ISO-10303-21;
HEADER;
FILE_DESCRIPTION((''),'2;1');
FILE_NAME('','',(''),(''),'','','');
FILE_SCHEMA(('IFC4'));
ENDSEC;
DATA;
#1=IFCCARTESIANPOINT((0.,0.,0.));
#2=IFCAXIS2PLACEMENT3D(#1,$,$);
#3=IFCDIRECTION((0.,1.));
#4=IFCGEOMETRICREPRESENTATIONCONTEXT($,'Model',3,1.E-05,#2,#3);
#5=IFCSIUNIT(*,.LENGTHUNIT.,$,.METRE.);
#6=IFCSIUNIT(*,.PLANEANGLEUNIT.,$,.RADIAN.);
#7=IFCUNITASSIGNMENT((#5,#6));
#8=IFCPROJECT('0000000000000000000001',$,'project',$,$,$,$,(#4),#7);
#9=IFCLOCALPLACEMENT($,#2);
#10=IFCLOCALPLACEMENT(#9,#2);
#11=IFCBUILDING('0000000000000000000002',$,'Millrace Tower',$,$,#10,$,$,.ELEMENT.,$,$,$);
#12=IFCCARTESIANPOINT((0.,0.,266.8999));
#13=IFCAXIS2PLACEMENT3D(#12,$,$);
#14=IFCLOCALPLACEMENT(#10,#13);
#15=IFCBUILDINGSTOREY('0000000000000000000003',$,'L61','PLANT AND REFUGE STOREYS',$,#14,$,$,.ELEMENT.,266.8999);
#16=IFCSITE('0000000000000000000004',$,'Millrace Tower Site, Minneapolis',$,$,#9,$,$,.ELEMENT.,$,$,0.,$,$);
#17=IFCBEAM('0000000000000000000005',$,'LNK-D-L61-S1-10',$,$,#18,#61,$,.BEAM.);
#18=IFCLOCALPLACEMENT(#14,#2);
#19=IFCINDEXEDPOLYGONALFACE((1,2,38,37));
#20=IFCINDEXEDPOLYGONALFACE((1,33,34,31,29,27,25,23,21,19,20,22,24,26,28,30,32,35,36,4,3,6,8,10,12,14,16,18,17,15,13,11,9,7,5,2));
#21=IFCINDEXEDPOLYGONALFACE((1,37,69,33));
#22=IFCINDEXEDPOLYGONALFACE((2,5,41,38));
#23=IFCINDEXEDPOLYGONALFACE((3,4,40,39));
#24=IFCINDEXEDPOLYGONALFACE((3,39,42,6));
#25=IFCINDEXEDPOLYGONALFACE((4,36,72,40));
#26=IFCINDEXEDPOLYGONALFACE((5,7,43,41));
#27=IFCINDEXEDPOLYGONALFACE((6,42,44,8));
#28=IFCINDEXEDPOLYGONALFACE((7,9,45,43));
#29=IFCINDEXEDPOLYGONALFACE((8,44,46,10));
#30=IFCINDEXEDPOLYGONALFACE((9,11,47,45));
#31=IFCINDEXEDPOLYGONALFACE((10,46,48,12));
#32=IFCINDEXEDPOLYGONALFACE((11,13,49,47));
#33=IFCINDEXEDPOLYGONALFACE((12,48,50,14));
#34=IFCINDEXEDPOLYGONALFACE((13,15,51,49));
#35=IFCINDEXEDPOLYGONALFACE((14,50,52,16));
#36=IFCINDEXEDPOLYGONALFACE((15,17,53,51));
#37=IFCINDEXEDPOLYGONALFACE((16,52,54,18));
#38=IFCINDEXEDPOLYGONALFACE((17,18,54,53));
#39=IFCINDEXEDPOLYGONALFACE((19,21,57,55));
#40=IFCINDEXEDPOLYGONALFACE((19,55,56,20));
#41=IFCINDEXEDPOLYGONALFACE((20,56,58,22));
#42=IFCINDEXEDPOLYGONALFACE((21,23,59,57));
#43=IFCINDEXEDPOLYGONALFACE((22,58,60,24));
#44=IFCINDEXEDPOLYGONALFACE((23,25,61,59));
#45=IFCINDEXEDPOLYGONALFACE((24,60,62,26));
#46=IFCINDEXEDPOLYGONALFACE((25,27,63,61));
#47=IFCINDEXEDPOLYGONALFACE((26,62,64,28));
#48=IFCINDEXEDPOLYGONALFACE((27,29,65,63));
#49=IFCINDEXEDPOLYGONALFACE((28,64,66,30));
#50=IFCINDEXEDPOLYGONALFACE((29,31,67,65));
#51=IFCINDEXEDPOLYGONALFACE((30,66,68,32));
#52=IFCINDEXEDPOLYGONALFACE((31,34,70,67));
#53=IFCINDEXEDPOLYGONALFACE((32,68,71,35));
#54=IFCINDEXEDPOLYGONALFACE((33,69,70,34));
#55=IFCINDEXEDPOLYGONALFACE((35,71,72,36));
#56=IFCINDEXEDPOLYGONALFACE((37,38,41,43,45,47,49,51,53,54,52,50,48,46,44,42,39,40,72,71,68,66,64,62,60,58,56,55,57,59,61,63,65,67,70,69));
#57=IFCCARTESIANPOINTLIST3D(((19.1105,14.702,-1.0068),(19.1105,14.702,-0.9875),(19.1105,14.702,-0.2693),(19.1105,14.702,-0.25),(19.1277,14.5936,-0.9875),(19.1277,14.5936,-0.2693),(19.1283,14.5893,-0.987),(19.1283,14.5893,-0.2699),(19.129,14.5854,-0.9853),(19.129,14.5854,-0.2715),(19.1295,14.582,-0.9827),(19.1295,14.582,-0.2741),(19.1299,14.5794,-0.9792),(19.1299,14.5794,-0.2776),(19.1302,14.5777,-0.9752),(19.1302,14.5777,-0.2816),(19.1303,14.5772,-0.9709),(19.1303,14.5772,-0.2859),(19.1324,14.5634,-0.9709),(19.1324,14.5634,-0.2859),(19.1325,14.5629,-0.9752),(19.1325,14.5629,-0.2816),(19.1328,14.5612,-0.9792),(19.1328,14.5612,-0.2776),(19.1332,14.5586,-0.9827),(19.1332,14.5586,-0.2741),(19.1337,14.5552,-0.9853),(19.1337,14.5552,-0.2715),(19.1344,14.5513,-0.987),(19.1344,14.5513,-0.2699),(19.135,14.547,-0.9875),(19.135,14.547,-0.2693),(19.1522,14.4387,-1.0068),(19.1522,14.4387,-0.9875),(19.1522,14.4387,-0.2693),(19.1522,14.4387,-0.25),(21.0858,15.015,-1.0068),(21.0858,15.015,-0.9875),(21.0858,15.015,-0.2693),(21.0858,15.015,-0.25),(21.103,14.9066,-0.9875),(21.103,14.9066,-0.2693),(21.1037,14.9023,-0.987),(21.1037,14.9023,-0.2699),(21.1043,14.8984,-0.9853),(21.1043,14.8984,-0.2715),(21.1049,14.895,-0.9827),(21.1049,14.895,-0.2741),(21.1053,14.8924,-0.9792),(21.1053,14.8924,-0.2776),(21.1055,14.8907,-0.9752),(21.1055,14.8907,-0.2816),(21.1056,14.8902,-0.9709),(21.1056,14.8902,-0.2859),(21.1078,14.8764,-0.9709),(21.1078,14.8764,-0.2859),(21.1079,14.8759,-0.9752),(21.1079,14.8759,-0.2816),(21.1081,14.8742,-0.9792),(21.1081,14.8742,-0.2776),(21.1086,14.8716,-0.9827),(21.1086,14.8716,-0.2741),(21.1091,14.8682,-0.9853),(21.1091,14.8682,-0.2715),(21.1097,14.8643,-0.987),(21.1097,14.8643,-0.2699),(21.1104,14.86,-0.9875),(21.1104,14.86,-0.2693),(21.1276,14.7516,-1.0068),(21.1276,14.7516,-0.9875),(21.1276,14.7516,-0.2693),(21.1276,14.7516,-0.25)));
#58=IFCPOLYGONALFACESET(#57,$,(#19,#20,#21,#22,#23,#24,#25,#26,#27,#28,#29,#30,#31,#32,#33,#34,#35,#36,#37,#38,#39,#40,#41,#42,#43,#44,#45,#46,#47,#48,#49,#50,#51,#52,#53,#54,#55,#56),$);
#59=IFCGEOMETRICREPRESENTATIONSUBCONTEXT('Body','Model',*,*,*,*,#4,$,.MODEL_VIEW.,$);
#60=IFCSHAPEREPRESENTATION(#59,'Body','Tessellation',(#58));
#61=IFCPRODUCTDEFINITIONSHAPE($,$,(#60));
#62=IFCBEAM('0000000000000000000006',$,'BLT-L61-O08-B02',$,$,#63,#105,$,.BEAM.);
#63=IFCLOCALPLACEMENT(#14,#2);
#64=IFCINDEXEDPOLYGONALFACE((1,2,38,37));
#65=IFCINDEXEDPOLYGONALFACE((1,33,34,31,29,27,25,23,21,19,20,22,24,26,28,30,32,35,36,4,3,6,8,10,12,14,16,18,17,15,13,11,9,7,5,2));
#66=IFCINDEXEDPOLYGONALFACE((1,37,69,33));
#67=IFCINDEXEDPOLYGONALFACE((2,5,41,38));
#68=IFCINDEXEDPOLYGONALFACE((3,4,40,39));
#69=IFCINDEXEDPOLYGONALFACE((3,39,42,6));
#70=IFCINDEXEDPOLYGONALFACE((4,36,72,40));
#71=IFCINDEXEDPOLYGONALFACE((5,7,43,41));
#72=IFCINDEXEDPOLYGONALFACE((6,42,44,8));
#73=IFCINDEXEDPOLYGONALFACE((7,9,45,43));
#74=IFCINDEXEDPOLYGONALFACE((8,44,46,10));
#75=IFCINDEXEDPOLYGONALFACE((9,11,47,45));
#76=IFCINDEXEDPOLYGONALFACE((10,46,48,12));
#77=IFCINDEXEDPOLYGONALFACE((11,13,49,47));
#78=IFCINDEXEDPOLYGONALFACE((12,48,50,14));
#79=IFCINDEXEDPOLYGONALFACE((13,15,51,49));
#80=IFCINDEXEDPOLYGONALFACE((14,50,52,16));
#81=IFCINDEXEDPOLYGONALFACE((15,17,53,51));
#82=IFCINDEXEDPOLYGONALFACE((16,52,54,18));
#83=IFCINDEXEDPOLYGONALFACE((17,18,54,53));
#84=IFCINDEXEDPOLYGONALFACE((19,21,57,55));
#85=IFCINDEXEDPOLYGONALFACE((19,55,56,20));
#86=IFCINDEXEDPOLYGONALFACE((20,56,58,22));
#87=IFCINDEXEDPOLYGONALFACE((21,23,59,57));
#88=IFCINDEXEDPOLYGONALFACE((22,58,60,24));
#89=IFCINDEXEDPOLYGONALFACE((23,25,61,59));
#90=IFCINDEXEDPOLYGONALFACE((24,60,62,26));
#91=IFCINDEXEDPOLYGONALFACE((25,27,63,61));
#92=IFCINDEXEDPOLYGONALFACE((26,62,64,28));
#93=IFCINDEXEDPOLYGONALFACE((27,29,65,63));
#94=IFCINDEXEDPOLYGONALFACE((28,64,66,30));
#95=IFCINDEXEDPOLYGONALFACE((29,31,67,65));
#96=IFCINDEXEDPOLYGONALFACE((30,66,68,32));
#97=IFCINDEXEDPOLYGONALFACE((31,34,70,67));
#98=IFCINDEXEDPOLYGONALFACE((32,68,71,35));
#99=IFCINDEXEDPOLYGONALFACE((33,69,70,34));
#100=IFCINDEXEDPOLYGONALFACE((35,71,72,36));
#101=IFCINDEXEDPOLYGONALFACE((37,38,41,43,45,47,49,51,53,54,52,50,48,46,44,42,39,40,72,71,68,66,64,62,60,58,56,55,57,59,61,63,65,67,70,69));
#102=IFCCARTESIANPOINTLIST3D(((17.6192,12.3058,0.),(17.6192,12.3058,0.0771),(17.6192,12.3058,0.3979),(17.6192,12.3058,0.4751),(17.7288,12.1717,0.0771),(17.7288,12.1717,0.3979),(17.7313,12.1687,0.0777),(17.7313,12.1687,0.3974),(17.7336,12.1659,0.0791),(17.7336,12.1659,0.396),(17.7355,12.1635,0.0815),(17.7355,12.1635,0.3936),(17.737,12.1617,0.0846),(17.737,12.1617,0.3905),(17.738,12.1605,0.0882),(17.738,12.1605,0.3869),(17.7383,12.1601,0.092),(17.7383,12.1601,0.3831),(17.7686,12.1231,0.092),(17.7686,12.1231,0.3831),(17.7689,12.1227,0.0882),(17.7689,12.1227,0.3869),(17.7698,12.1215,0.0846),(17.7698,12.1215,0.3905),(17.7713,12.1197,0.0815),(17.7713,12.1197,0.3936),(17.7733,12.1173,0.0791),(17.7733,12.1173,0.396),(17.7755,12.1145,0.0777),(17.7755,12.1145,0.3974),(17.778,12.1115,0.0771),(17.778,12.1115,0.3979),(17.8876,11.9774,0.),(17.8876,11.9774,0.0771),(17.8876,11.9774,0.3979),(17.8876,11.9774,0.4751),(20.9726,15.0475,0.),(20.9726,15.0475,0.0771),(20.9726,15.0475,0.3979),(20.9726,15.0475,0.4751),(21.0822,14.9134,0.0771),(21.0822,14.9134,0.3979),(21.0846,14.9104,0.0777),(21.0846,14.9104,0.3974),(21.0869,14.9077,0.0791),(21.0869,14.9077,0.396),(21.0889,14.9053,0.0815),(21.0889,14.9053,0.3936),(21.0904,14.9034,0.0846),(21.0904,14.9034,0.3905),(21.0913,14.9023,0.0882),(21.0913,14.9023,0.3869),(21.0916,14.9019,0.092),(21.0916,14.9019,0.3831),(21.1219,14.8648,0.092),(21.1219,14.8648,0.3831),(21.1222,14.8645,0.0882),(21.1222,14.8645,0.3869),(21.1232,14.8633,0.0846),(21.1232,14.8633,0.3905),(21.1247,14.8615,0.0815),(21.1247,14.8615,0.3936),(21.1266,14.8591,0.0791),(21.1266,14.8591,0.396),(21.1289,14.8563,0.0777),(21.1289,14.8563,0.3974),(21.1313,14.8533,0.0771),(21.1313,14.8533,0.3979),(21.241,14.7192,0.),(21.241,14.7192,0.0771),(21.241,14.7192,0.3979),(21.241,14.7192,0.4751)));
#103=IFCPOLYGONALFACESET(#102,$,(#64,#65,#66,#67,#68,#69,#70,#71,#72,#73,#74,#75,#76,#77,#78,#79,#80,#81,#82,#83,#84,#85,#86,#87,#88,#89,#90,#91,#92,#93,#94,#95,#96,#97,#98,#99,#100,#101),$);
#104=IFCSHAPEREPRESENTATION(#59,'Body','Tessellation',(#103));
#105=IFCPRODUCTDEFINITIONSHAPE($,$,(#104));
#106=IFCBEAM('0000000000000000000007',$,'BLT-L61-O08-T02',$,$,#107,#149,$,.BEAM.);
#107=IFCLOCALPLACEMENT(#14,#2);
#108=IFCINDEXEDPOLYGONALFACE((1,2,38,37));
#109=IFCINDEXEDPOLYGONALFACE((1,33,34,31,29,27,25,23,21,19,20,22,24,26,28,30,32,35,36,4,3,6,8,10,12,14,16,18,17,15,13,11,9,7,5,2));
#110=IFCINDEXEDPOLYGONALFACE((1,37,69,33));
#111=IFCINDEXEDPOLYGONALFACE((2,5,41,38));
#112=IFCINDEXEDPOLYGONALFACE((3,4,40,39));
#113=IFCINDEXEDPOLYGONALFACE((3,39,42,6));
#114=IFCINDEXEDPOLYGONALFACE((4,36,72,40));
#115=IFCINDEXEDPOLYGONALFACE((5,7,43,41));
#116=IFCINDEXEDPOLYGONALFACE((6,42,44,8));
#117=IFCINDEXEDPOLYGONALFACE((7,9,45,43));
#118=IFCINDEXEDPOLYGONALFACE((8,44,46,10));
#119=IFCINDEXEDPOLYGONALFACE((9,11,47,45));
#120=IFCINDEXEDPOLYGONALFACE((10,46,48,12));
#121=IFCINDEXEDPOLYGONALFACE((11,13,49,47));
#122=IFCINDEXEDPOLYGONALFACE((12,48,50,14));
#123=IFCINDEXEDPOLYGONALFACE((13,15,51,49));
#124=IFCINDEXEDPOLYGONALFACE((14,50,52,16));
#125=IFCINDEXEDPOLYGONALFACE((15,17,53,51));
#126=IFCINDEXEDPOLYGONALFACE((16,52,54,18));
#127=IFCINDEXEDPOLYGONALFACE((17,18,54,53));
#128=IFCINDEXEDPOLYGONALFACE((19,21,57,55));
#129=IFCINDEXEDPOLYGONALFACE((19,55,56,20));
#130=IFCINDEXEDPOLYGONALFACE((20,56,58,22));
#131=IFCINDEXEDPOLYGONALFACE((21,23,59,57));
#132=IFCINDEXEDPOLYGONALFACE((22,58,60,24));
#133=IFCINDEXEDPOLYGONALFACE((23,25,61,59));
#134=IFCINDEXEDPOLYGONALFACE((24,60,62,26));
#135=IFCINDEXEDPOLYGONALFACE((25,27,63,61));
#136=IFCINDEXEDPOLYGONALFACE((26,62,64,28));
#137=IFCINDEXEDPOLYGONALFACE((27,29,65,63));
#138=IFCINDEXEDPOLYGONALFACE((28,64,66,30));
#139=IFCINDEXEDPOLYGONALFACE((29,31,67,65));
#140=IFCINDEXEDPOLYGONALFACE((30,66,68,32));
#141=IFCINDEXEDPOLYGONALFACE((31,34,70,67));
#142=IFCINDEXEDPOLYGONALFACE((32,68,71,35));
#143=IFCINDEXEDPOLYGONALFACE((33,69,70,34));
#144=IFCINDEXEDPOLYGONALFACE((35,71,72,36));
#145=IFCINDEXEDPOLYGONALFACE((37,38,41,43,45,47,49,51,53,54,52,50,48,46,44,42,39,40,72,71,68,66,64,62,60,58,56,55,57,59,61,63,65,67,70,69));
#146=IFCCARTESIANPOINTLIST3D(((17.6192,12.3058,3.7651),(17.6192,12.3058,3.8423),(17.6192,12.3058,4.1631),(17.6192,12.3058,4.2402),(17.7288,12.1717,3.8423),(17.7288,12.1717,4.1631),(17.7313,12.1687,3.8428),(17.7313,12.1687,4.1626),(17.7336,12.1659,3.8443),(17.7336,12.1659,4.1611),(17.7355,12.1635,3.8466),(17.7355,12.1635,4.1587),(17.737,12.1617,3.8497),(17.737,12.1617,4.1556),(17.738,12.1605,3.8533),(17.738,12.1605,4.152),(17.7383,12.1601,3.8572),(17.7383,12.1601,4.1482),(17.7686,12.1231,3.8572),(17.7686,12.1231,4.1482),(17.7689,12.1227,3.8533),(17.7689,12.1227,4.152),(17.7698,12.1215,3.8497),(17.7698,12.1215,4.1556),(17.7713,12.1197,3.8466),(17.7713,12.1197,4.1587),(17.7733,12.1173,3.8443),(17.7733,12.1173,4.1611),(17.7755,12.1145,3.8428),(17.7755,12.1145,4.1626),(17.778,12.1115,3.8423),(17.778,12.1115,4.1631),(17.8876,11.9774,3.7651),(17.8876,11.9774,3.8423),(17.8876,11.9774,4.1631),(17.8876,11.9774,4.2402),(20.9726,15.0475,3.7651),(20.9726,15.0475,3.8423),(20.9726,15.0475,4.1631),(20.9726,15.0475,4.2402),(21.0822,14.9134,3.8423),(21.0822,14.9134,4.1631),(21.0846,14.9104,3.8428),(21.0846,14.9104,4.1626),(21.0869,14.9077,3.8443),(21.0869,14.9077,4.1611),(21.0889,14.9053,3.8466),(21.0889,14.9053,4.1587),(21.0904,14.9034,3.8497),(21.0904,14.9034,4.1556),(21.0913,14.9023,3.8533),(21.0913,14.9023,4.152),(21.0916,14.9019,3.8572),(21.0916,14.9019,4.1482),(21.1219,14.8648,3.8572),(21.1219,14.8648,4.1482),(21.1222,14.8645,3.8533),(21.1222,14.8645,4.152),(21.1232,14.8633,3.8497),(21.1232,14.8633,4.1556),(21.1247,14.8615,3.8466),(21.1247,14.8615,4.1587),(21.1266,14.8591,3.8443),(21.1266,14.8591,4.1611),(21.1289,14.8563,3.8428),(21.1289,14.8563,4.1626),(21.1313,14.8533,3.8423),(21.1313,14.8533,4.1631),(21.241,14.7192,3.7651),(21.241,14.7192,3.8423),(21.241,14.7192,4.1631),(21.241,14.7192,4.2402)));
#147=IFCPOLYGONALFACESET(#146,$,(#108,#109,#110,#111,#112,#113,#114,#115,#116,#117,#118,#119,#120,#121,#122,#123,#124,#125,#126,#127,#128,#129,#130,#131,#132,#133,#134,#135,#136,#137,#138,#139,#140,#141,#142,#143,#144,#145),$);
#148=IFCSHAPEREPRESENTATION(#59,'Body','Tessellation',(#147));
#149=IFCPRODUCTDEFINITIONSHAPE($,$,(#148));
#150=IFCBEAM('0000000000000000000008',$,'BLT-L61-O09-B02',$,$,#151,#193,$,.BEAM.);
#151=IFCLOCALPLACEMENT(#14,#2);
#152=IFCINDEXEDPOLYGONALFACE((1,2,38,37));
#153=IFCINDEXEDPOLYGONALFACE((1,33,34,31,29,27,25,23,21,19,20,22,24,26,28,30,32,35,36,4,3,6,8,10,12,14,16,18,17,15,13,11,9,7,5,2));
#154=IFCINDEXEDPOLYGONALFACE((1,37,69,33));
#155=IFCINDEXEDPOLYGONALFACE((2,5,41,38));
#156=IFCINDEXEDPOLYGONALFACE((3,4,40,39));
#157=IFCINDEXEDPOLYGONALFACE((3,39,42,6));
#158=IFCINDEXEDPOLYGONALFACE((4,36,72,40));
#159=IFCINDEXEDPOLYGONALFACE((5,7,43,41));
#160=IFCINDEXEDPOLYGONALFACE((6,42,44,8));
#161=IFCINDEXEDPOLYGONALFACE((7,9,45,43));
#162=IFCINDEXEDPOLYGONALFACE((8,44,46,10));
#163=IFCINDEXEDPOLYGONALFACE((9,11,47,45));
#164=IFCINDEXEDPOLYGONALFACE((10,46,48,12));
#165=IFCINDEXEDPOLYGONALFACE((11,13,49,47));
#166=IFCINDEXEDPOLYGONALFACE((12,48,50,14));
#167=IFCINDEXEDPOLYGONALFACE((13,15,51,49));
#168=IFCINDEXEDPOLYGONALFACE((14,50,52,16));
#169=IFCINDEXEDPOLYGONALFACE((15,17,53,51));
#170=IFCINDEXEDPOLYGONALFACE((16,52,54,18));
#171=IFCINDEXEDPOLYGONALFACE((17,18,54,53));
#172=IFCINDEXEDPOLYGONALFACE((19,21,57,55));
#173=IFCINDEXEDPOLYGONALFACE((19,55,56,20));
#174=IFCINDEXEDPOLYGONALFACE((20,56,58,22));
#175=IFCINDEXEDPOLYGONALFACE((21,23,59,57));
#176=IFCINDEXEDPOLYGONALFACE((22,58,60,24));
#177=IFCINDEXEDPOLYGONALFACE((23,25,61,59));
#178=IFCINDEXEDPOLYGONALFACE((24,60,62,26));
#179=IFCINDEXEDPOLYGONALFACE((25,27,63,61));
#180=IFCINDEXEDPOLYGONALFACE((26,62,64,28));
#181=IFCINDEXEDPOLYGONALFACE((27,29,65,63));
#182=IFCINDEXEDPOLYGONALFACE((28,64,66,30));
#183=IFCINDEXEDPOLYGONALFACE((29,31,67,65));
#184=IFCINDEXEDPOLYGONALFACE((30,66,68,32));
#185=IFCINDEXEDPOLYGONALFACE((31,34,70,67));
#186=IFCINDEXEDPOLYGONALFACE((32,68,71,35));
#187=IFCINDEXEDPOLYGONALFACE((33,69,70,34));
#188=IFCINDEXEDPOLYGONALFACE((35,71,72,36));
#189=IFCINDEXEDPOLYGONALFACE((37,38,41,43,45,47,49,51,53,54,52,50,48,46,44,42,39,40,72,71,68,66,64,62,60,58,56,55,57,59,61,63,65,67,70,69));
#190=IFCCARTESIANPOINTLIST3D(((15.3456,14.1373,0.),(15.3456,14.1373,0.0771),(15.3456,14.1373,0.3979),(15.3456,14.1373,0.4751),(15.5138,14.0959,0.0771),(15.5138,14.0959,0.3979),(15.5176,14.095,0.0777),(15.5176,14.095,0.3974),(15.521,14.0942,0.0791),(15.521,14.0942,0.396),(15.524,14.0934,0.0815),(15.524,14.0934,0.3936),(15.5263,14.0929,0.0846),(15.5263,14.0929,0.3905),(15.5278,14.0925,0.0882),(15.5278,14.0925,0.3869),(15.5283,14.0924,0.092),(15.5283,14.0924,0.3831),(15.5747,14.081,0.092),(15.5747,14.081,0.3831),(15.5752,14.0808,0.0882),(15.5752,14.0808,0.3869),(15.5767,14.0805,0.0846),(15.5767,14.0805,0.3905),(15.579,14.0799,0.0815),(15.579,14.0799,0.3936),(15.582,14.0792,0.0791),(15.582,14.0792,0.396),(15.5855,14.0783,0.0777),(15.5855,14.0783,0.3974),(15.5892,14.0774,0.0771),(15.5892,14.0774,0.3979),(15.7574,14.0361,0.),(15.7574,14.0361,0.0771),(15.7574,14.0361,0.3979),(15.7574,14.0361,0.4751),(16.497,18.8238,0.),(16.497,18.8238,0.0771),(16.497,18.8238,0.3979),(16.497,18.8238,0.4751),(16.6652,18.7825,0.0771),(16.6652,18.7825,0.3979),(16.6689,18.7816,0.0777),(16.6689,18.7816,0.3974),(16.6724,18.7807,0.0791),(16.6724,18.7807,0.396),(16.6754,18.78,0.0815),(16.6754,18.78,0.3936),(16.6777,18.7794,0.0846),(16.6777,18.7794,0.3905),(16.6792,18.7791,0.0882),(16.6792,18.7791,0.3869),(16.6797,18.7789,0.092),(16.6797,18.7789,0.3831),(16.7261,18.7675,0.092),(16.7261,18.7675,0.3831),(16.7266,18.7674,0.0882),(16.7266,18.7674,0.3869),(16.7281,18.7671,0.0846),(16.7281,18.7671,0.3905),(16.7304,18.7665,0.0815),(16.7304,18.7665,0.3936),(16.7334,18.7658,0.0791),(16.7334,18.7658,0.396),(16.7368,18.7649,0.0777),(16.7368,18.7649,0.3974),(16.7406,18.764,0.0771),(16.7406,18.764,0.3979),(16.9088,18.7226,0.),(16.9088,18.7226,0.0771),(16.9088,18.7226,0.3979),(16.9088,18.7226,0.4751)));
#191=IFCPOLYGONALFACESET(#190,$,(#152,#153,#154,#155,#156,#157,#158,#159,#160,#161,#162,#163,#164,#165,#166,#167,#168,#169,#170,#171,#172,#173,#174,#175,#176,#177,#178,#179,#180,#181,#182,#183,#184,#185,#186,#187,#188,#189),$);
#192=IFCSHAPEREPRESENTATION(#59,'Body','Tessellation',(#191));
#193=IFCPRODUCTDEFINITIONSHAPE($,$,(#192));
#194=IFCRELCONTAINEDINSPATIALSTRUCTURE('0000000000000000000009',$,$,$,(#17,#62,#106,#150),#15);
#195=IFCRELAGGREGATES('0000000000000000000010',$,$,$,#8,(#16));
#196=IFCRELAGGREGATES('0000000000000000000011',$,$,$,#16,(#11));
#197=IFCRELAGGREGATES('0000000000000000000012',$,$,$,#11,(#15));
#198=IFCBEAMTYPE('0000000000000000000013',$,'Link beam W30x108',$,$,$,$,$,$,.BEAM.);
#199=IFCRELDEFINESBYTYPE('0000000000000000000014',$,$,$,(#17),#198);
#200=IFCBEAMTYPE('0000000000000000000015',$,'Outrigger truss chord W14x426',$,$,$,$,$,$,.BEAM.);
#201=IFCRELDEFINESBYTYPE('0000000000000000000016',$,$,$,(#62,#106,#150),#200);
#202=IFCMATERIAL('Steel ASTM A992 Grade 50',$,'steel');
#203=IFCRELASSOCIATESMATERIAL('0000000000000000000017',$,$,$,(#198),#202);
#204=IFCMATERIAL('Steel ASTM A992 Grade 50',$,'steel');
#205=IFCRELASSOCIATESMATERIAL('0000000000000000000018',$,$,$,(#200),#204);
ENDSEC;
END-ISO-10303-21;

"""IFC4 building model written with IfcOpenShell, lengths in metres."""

from ifc_helpers import new_model, si_unit, direction, frame, origin, origin_2d, place, context, subcontext, project, spatial, i_section, extrude, material, material_profile, profile_set, type_object, element, save


model = new_model("IFC4")

# Units and contexts
model_context = context("Model", 3, precision=1e-05, world=origin(), true_north=direction((0.0, 1.0)))
body_context = subcontext(model_context, "Body", "Model", "MODEL_VIEW")
ifc_project = project(units=[si_unit("LENGTHUNIT", "METRE"), si_unit("PLANEANGLEUNIT", "RADIAN")], contexts=[model_context])

# Site, building, storey
site_placement = place(None, origin())
site = spatial("IfcSite", under=ifc_project, at=site_placement, Name="Millrace Tower Site, Minneapolis", CompositionType="ELEMENT", RefElevation=0.0)
building_placement = place(site_placement, origin())
building = spatial("IfcBuilding", under=site, at=building_placement, Name="Millrace Tower", CompositionType="ELEMENT")
storey_placement = place(building_placement, frame((0.0, 0.0, 266.8999)))
storey = spatial("IfcBuildingStorey", under=building, at=storey_placement, Name="L61", Description="PLANT AND REFUGE STOREYS", CompositionType="ELEMENT", Elevation=266.8999)

# Beams
ifc_material_1 = material(Name="Steel ASTM A992 Grade 50", Category="steel")
ifc_material_profile_1 = material_profile(ifc_material_1, i_section(OverallWidth=0.2666, OverallDepth=0.7568, WebThickness=0.0139, FlangeThickness=0.0193, FilletRadius=0.0166, at=origin_2d()))
ifc_profile_set_1 = profile_set([ifc_material_profile_1], Name="Steel ASTM A992 Grade 50")
beam_type_1 = type_object("IfcBeamType", Name="Link beam W30x108", PredefinedType="BEAM", material=ifc_profile_set_1)
beam_1_placement = place(storey_placement, frame((19.1313, 14.5703, -0.6284), z_axis=(0.987679, 0.156495, 0.0), x_axis=(-0.156495, 0.987679, 0.0)))
element("IfcBeam", 1, at=beam_1_placement, inside=storey, type_object=beam_type_1, Name="LNK-D-L61-S1-10", PredefinedType="BEAM", context=body_context, shape_type="SweptSolid", body=[
    extrude(i_section(OverallWidth=0.2666, OverallDepth=0.7568, WebThickness=0.0139, FlangeThickness=0.0193, FilletRadius=0.0166, at=origin_2d()), origin(), (0.0, 0.0, 1.0), 2.0),
])
ifc_material_2 = material(Name="Steel ASTM A992 Grade 50", Category="steel")
ifc_material_profile_2 = material_profile(ifc_material_2, i_section(OverallWidth=0.4241, OverallDepth=0.4751, WebThickness=0.0479, FlangeThickness=0.0771, FilletRadius=0.0149, at=origin_2d()))
ifc_profile_set_2 = profile_set([ifc_material_profile_2], Name="Steel ASTM A992 Grade 50")
beam_type_2 = type_object("IfcBeamType", Name="Outrigger truss chord W14x426", PredefinedType="BEAM", material=ifc_profile_set_2)
for number, where, z_axis, x_axis, name in (
    (2, (17.7534, 12.1416, 0.2375), (0.774171, 0.632977, 0.0), (-0.632977, 0.774171, 0.0), "BLT-L61-O08-B02"),
    (3, (17.7534, 12.1416, 4.0027), (0.774171, 0.632977, 0.0), (-0.632977, 0.774171, 0.0), "BLT-L61-O08-T02"),
):
    element("IfcBeam", number, at=place(storey_placement, frame(where, z_axis=z_axis, x_axis=x_axis)), inside=storey, type_object=beam_type_2, Name=name, PredefinedType="BEAM", context=body_context, shape_type="SweptSolid", body=[
        extrude(i_section(OverallWidth=0.4241, OverallDepth=0.4751, WebThickness=0.0479, FlangeThickness=0.0771, FilletRadius=0.0149, at=origin_2d()), origin(), (0.0, 0.0, 1.0), 4.3315),
    ])
for number, where, z_axis, x_axis, name in (
    (4, (15.5515, 14.0867, 0.2375), (0.238582, 0.971122, 0.0), (-0.971122, 0.238582, 0.0), "BLT-L61-O09-B02"),
):
    element("IfcBeam", number, at=place(storey_placement, frame(where, z_axis=z_axis, x_axis=x_axis)), inside=storey, type_object=beam_type_2, Name=name, PredefinedType="BEAM", context=body_context, shape_type="SweptSolid", body=[
        extrude(i_section(OverallWidth=0.4241, OverallDepth=0.4751, WebThickness=0.0479, FlangeThickness=0.0771, FilletRadius=0.0149, at=origin_2d()), origin(), (0.0, 0.0, 1.0), 4.8259),
    ])

save(model, "model.ifc")
